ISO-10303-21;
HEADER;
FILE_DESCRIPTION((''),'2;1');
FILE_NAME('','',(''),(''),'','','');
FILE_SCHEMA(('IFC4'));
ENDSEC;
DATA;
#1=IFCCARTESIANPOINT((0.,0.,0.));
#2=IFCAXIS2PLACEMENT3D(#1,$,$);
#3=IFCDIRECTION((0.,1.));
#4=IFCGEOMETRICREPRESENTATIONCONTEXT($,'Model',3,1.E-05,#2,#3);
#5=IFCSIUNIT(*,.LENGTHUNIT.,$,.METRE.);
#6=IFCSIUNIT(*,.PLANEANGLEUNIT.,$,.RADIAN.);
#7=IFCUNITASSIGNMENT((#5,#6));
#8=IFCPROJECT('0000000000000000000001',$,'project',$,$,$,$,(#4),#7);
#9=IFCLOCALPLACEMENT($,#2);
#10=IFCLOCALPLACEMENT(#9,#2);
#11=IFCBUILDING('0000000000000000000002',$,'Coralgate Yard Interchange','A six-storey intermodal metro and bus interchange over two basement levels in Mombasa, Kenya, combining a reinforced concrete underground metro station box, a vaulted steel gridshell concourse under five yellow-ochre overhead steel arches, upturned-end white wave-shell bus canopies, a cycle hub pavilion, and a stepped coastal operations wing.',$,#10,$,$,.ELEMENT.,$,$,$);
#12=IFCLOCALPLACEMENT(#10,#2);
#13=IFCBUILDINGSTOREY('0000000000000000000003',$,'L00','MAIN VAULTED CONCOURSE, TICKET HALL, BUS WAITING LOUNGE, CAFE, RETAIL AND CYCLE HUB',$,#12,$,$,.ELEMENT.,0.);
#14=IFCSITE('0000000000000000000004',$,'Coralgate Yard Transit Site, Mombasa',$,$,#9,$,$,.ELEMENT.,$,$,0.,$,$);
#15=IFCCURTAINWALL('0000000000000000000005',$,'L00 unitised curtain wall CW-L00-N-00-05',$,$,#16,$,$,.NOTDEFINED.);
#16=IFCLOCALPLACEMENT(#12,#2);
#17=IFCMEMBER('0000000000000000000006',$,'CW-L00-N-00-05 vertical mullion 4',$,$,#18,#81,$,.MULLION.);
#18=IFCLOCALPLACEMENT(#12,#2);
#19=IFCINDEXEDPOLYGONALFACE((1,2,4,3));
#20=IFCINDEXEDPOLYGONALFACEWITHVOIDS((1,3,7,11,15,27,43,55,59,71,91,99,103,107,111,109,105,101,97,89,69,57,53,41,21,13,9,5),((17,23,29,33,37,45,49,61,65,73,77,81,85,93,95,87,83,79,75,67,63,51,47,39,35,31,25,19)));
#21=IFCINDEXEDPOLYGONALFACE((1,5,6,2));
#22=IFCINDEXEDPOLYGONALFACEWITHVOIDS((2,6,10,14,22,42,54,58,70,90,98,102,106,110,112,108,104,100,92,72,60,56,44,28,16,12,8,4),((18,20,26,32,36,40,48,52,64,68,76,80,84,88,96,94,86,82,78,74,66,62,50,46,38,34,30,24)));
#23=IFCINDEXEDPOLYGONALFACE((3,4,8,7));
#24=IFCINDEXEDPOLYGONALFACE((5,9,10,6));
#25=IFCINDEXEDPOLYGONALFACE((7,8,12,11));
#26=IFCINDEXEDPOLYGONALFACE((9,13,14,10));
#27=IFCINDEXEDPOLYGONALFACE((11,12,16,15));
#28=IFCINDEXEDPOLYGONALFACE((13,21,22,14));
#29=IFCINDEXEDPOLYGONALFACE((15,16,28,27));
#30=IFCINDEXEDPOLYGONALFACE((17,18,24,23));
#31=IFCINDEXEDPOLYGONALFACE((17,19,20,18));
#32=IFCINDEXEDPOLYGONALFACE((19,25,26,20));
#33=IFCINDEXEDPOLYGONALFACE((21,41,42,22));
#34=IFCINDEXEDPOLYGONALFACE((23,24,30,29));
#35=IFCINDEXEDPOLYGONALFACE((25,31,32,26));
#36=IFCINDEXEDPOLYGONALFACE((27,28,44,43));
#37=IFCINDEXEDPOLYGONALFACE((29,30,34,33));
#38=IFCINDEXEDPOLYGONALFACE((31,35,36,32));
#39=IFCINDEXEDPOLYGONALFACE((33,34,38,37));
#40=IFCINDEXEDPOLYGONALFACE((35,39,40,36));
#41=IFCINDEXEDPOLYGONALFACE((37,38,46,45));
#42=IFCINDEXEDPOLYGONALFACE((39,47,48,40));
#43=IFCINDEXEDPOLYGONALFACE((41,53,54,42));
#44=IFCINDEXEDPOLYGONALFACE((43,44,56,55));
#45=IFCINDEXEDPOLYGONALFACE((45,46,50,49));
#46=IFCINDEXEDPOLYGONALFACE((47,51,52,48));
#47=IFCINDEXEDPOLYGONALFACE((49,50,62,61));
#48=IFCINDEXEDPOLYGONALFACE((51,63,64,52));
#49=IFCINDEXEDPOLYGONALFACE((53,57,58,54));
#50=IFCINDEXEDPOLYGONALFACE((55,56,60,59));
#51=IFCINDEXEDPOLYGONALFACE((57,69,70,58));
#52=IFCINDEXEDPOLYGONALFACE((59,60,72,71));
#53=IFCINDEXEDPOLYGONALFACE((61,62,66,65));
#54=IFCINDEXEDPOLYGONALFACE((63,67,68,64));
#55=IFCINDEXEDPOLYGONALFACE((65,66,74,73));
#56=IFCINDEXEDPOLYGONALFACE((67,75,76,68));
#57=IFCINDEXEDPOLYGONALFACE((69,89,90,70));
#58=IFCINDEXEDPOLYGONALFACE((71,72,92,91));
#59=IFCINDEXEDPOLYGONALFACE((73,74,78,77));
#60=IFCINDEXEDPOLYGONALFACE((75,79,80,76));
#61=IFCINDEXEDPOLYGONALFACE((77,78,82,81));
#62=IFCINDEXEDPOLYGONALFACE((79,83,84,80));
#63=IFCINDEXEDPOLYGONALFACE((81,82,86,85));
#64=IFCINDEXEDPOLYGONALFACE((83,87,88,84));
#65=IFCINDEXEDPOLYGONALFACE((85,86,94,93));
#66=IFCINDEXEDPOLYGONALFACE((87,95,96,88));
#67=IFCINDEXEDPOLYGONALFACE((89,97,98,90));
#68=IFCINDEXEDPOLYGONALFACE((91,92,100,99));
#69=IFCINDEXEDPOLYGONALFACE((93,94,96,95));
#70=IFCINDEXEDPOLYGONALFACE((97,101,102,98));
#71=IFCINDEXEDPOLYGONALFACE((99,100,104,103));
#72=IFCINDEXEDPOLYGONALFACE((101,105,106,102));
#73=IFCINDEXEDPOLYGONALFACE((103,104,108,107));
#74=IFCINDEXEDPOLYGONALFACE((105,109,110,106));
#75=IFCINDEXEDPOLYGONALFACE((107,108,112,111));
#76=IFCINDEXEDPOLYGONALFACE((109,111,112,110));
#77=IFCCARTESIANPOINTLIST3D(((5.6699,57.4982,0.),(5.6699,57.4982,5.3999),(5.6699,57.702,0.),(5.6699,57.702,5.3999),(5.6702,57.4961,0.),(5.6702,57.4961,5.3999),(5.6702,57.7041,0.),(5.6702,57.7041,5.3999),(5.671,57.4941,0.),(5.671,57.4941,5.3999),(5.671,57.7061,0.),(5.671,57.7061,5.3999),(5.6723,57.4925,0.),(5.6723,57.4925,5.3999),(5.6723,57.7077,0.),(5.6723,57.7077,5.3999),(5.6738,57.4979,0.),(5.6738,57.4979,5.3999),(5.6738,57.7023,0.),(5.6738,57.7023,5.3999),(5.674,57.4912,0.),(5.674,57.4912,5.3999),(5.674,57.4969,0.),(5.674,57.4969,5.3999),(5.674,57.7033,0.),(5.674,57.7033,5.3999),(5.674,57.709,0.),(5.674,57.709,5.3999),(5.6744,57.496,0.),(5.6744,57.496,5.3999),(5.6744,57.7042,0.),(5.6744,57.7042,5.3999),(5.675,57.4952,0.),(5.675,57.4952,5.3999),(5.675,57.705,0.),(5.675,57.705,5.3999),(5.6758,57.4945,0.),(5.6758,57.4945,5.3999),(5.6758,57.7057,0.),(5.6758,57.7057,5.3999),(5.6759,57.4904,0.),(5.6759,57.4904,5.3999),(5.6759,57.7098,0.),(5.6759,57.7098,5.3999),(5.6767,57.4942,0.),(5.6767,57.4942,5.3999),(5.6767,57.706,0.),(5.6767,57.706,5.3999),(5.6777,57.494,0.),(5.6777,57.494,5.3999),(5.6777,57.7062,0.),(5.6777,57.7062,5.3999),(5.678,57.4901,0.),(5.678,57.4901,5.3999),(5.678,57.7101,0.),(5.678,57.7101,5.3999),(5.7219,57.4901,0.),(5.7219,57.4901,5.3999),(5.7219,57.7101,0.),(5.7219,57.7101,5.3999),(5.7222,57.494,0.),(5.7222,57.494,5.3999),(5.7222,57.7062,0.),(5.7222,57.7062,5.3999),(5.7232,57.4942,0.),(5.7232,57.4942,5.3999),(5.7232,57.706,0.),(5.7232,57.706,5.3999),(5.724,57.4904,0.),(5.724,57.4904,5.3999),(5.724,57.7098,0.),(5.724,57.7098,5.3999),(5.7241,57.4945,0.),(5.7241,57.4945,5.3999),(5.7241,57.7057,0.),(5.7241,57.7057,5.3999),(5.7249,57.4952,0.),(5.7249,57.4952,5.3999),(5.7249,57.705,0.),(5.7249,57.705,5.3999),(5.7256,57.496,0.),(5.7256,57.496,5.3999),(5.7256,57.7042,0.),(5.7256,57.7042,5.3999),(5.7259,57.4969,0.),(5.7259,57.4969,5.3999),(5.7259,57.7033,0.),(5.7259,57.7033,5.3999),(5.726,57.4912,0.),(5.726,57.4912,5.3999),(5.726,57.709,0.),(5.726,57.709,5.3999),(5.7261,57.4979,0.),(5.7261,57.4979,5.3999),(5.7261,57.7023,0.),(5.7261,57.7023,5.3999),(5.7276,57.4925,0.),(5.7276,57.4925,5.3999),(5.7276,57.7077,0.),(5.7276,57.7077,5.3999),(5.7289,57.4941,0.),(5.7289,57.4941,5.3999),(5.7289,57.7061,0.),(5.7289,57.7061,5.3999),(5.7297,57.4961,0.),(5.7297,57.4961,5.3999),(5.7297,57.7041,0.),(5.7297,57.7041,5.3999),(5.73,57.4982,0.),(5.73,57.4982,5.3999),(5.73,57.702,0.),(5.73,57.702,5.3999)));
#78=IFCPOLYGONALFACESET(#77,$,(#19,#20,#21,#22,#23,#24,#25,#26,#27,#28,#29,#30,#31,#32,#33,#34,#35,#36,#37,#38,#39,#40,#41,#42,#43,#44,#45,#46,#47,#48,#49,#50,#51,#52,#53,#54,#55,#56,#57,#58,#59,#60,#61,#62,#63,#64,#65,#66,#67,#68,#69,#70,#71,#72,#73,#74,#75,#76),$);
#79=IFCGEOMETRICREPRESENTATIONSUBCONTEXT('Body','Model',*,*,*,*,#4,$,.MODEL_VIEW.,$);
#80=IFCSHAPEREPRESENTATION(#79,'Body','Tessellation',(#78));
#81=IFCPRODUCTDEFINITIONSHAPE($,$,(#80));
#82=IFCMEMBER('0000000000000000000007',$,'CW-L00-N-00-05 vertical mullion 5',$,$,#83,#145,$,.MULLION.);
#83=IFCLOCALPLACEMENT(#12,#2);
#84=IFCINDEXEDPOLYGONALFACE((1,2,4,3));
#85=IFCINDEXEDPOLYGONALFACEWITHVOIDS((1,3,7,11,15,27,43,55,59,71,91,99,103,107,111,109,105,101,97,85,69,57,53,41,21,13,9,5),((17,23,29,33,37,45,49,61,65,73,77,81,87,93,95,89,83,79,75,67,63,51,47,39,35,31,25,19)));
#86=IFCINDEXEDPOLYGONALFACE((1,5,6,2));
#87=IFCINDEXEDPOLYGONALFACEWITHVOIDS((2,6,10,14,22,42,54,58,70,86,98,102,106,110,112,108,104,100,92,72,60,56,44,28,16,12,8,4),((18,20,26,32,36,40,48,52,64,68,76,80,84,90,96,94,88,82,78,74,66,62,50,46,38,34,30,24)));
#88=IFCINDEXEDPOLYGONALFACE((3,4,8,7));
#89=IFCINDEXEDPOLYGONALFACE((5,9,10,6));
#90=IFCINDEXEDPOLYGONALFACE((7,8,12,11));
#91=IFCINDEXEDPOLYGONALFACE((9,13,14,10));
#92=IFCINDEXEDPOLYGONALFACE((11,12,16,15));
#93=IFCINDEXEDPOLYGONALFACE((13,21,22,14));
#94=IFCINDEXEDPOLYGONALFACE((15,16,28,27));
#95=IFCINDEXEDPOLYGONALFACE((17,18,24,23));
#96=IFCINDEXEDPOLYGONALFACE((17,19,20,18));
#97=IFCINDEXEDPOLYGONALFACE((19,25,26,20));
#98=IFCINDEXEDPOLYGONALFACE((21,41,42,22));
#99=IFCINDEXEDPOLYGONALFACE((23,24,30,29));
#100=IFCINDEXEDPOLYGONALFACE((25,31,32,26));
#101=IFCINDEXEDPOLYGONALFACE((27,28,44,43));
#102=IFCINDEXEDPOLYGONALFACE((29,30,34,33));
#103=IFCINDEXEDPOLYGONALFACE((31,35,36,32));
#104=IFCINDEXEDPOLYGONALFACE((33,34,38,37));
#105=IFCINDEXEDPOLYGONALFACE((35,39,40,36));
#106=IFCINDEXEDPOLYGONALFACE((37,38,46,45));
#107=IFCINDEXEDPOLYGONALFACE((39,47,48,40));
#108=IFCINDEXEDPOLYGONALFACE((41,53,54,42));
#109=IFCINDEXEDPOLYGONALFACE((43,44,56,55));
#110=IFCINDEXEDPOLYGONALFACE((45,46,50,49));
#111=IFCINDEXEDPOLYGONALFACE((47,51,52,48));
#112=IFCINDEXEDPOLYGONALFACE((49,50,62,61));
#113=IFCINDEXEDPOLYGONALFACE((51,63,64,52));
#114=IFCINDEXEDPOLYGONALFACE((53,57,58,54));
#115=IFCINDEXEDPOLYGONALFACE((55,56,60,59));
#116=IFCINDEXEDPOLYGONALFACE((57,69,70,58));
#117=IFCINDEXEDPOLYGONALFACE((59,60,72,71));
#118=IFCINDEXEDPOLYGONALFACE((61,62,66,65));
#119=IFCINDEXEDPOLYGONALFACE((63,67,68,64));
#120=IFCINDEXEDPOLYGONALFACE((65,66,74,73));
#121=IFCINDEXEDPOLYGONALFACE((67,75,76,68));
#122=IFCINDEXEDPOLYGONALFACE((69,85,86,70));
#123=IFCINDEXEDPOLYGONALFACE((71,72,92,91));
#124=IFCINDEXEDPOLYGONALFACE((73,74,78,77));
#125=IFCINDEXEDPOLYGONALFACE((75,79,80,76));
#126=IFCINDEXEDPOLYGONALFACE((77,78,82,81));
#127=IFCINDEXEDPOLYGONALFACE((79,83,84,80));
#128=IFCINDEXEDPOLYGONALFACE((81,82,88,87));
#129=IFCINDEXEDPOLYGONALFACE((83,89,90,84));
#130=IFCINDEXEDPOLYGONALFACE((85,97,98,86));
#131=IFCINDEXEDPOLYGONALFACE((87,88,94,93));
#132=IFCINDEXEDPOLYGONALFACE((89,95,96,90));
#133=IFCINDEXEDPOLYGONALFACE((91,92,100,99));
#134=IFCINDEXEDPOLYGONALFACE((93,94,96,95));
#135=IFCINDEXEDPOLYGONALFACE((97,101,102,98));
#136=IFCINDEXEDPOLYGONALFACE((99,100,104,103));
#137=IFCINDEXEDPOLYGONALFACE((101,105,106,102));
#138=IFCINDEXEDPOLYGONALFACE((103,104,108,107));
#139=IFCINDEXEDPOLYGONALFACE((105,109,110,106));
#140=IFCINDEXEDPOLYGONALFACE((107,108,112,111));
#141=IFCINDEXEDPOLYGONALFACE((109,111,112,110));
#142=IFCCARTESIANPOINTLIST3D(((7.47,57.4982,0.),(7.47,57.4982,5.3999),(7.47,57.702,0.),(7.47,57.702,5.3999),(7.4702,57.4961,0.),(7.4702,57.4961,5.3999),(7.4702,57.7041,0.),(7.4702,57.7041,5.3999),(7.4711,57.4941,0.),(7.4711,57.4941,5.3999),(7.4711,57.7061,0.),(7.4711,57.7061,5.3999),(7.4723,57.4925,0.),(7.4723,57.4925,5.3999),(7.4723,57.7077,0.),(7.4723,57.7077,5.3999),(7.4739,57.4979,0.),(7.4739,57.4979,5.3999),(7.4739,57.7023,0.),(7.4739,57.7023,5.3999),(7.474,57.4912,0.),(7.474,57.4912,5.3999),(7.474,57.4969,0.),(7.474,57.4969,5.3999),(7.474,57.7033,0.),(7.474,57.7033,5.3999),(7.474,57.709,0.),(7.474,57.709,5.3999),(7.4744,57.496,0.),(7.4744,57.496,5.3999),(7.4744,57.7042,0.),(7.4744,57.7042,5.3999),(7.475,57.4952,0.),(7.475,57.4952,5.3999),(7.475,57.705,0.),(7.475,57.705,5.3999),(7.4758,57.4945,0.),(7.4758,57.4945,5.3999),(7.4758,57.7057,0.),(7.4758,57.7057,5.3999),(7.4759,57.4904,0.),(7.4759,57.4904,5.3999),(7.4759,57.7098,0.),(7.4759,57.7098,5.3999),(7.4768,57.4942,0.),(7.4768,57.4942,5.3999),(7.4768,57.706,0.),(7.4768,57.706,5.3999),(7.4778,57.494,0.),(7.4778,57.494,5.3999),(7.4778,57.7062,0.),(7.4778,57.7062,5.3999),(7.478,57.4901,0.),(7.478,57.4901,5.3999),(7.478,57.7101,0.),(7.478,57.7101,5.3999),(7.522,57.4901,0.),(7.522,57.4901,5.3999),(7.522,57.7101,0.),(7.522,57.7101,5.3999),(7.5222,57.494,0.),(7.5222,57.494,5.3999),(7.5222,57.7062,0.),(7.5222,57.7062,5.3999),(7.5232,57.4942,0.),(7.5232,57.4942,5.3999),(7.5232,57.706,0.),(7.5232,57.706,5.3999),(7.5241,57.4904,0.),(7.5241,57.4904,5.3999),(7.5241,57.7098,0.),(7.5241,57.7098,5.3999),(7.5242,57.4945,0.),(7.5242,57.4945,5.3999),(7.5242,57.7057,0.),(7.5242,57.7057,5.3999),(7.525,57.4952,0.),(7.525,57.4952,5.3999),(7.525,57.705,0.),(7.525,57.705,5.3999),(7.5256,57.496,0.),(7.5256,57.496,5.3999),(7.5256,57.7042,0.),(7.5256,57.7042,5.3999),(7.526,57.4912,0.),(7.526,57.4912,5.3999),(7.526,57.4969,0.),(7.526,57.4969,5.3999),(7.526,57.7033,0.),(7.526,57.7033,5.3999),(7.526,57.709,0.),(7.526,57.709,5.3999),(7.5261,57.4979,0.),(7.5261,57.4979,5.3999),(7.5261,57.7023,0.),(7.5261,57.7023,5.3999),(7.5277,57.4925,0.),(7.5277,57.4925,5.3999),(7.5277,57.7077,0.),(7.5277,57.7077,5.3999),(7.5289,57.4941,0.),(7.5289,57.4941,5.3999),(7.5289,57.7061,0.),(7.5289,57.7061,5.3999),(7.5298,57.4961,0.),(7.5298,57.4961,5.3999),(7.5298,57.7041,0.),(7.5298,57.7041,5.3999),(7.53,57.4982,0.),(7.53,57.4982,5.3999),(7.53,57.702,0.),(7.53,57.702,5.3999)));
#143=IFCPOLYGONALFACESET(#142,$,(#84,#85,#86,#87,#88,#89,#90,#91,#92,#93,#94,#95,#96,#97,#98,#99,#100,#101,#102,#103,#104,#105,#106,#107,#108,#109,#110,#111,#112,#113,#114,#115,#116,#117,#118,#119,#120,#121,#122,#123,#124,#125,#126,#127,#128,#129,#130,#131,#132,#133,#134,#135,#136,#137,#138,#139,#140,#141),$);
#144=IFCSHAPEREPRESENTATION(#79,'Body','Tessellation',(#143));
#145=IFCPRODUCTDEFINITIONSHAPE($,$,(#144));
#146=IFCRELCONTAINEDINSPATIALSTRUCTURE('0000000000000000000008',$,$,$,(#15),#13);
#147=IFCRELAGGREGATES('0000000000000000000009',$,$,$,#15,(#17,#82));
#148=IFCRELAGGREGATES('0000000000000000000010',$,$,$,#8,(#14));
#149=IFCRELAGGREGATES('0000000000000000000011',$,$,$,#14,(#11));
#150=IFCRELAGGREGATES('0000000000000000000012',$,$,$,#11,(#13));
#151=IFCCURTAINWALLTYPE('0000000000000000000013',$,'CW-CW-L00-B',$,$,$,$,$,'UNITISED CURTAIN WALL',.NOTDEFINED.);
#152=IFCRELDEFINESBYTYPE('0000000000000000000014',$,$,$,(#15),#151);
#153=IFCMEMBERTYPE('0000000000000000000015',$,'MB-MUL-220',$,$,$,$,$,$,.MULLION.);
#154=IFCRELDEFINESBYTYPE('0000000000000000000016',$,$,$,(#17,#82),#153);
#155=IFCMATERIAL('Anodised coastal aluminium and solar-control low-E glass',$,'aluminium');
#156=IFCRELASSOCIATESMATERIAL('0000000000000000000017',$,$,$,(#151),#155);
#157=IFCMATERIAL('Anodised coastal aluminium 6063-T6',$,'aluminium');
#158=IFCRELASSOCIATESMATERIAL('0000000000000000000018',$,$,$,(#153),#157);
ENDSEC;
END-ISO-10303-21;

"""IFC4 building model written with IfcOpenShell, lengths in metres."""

from ifc_helpers import new_model, si_unit, direction, frame, origin, origin_2d, place, context, subcontext, project, spatial, hollow_rectangle, extrude, material, material_profile, profile_set, type_object, element, aggregate, save


model = new_model("IFC4")

# Units and contexts
model_context = context("Model", 3, precision=1e-05, world=origin(), true_north=direction((0.0, 1.0)))
body_context = subcontext(model_context, "Body", "Model", "MODEL_VIEW")
ifc_project = project(units=[si_unit("LENGTHUNIT", "METRE"), si_unit("PLANEANGLEUNIT", "RADIAN")], contexts=[model_context])

# Site, building, storey
site_placement = place(None, origin())
site = spatial("IfcSite", under=ifc_project, at=site_placement, Name="Coralgate Yard Transit Site, Mombasa", CompositionType="ELEMENT", RefElevation=0.0)
building_placement = place(site_placement, origin())
building = spatial("IfcBuilding", under=site, at=building_placement, Name="Coralgate Yard Interchange", Description="A six-storey intermodal metro and bus interchange over two basement levels in Mombasa, Kenya, combining a reinforced concrete underground metro station box, a vaulted steel gridshell concourse under five yellow-ochre overhead steel arches, upturned-end white wave-shell bus canopies, a cycle hub pavilion, and a stepped coastal operations wing.", CompositionType="ELEMENT")
storey_placement = place(building_placement, origin())
storey = spatial("IfcBuildingStorey", under=building, at=storey_placement, Name="L00", Description="MAIN VAULTED CONCOURSE, TICKET HALL, BUS WAITING LOUNGE, CAFE, RETAIL AND CYCLE HUB", CompositionType="ELEMENT", Elevation=0.0)

# Curtain wall, members
ifc_material_1 = material(Name="Anodised coastal aluminium and solar-control low-E glass", Category="aluminium")
curtain_wall_type = type_object("IfcCurtainWallType", Name="CW-CW-L00-B", ElementType="UNITISED CURTAIN WALL", PredefinedType="NOTDEFINED", material=ifc_material_1)
curtain_wall_placement = place(storey_placement, origin())
curtain_wall = element("IfcCurtainWall", 1, at=curtain_wall_placement, inside=storey, type_object=curtain_wall_type, Name="L00 unitised curtain wall CW-L00-N-00-05", PredefinedType="NOTDEFINED")
ifc_material_2 = material(Name="Anodised coastal aluminium 6063-T6", Category="aluminium")
ifc_material_profile_1 = material_profile(ifc_material_2, hollow_rectangle(XDim=0.0601, YDim=0.22, WallThickness=0.0039, InnerFilletRadius=0.0039, OuterFilletRadius=0.0081, at=origin_2d()), Name="ALU 60x220x4")
ifc_profile_set_1 = profile_set([ifc_material_profile_1], Name="Anodised coastal aluminium 6063-T6")
member_type_1 = type_object("IfcMemberType", Name="MB-MUL-220", PredefinedType="MULLION", material=ifc_profile_set_1)
member_1_placement = place(storey_placement, frame((5.7, 57.6001, 0.0), z_axis=(0.0, 0.0, 1.0), x_axis=(1.0, 0.0, 0.0)))
member_1 = element("IfcMember", 2, at=member_1_placement, type_object=member_type_1, Name="CW-L00-N-00-05 vertical mullion 4", PredefinedType="MULLION", context=body_context, shape_type="SweptSolid", body=[
    extrude(hollow_rectangle(XDim=0.0601, YDim=0.22, WallThickness=0.0039, InnerFilletRadius=0.0039, OuterFilletRadius=0.0081, at=origin_2d()), origin(), (0.0, 0.0, 1.0), 5.3999),
])
member_2_placement = place(storey_placement, frame((7.5, 57.6001, 0.0), z_axis=(0.0, 0.0, 1.0), x_axis=(1.0, 0.0, 0.0)))
member_2 = element("IfcMember", 3, at=member_2_placement, type_object=member_type_1, Name="CW-L00-N-00-05 vertical mullion 5", PredefinedType="MULLION", context=body_context, shape_type="SweptSolid", body=[
    extrude(hollow_rectangle(XDim=0.0601, YDim=0.22, WallThickness=0.0039, InnerFilletRadius=0.0039, OuterFilletRadius=0.0081, at=origin_2d()), origin(), (0.0, 0.0, 1.0), 5.3999),
])
aggregate(curtain_wall, [member_1, member_2])

save(model, "model.ifc")
